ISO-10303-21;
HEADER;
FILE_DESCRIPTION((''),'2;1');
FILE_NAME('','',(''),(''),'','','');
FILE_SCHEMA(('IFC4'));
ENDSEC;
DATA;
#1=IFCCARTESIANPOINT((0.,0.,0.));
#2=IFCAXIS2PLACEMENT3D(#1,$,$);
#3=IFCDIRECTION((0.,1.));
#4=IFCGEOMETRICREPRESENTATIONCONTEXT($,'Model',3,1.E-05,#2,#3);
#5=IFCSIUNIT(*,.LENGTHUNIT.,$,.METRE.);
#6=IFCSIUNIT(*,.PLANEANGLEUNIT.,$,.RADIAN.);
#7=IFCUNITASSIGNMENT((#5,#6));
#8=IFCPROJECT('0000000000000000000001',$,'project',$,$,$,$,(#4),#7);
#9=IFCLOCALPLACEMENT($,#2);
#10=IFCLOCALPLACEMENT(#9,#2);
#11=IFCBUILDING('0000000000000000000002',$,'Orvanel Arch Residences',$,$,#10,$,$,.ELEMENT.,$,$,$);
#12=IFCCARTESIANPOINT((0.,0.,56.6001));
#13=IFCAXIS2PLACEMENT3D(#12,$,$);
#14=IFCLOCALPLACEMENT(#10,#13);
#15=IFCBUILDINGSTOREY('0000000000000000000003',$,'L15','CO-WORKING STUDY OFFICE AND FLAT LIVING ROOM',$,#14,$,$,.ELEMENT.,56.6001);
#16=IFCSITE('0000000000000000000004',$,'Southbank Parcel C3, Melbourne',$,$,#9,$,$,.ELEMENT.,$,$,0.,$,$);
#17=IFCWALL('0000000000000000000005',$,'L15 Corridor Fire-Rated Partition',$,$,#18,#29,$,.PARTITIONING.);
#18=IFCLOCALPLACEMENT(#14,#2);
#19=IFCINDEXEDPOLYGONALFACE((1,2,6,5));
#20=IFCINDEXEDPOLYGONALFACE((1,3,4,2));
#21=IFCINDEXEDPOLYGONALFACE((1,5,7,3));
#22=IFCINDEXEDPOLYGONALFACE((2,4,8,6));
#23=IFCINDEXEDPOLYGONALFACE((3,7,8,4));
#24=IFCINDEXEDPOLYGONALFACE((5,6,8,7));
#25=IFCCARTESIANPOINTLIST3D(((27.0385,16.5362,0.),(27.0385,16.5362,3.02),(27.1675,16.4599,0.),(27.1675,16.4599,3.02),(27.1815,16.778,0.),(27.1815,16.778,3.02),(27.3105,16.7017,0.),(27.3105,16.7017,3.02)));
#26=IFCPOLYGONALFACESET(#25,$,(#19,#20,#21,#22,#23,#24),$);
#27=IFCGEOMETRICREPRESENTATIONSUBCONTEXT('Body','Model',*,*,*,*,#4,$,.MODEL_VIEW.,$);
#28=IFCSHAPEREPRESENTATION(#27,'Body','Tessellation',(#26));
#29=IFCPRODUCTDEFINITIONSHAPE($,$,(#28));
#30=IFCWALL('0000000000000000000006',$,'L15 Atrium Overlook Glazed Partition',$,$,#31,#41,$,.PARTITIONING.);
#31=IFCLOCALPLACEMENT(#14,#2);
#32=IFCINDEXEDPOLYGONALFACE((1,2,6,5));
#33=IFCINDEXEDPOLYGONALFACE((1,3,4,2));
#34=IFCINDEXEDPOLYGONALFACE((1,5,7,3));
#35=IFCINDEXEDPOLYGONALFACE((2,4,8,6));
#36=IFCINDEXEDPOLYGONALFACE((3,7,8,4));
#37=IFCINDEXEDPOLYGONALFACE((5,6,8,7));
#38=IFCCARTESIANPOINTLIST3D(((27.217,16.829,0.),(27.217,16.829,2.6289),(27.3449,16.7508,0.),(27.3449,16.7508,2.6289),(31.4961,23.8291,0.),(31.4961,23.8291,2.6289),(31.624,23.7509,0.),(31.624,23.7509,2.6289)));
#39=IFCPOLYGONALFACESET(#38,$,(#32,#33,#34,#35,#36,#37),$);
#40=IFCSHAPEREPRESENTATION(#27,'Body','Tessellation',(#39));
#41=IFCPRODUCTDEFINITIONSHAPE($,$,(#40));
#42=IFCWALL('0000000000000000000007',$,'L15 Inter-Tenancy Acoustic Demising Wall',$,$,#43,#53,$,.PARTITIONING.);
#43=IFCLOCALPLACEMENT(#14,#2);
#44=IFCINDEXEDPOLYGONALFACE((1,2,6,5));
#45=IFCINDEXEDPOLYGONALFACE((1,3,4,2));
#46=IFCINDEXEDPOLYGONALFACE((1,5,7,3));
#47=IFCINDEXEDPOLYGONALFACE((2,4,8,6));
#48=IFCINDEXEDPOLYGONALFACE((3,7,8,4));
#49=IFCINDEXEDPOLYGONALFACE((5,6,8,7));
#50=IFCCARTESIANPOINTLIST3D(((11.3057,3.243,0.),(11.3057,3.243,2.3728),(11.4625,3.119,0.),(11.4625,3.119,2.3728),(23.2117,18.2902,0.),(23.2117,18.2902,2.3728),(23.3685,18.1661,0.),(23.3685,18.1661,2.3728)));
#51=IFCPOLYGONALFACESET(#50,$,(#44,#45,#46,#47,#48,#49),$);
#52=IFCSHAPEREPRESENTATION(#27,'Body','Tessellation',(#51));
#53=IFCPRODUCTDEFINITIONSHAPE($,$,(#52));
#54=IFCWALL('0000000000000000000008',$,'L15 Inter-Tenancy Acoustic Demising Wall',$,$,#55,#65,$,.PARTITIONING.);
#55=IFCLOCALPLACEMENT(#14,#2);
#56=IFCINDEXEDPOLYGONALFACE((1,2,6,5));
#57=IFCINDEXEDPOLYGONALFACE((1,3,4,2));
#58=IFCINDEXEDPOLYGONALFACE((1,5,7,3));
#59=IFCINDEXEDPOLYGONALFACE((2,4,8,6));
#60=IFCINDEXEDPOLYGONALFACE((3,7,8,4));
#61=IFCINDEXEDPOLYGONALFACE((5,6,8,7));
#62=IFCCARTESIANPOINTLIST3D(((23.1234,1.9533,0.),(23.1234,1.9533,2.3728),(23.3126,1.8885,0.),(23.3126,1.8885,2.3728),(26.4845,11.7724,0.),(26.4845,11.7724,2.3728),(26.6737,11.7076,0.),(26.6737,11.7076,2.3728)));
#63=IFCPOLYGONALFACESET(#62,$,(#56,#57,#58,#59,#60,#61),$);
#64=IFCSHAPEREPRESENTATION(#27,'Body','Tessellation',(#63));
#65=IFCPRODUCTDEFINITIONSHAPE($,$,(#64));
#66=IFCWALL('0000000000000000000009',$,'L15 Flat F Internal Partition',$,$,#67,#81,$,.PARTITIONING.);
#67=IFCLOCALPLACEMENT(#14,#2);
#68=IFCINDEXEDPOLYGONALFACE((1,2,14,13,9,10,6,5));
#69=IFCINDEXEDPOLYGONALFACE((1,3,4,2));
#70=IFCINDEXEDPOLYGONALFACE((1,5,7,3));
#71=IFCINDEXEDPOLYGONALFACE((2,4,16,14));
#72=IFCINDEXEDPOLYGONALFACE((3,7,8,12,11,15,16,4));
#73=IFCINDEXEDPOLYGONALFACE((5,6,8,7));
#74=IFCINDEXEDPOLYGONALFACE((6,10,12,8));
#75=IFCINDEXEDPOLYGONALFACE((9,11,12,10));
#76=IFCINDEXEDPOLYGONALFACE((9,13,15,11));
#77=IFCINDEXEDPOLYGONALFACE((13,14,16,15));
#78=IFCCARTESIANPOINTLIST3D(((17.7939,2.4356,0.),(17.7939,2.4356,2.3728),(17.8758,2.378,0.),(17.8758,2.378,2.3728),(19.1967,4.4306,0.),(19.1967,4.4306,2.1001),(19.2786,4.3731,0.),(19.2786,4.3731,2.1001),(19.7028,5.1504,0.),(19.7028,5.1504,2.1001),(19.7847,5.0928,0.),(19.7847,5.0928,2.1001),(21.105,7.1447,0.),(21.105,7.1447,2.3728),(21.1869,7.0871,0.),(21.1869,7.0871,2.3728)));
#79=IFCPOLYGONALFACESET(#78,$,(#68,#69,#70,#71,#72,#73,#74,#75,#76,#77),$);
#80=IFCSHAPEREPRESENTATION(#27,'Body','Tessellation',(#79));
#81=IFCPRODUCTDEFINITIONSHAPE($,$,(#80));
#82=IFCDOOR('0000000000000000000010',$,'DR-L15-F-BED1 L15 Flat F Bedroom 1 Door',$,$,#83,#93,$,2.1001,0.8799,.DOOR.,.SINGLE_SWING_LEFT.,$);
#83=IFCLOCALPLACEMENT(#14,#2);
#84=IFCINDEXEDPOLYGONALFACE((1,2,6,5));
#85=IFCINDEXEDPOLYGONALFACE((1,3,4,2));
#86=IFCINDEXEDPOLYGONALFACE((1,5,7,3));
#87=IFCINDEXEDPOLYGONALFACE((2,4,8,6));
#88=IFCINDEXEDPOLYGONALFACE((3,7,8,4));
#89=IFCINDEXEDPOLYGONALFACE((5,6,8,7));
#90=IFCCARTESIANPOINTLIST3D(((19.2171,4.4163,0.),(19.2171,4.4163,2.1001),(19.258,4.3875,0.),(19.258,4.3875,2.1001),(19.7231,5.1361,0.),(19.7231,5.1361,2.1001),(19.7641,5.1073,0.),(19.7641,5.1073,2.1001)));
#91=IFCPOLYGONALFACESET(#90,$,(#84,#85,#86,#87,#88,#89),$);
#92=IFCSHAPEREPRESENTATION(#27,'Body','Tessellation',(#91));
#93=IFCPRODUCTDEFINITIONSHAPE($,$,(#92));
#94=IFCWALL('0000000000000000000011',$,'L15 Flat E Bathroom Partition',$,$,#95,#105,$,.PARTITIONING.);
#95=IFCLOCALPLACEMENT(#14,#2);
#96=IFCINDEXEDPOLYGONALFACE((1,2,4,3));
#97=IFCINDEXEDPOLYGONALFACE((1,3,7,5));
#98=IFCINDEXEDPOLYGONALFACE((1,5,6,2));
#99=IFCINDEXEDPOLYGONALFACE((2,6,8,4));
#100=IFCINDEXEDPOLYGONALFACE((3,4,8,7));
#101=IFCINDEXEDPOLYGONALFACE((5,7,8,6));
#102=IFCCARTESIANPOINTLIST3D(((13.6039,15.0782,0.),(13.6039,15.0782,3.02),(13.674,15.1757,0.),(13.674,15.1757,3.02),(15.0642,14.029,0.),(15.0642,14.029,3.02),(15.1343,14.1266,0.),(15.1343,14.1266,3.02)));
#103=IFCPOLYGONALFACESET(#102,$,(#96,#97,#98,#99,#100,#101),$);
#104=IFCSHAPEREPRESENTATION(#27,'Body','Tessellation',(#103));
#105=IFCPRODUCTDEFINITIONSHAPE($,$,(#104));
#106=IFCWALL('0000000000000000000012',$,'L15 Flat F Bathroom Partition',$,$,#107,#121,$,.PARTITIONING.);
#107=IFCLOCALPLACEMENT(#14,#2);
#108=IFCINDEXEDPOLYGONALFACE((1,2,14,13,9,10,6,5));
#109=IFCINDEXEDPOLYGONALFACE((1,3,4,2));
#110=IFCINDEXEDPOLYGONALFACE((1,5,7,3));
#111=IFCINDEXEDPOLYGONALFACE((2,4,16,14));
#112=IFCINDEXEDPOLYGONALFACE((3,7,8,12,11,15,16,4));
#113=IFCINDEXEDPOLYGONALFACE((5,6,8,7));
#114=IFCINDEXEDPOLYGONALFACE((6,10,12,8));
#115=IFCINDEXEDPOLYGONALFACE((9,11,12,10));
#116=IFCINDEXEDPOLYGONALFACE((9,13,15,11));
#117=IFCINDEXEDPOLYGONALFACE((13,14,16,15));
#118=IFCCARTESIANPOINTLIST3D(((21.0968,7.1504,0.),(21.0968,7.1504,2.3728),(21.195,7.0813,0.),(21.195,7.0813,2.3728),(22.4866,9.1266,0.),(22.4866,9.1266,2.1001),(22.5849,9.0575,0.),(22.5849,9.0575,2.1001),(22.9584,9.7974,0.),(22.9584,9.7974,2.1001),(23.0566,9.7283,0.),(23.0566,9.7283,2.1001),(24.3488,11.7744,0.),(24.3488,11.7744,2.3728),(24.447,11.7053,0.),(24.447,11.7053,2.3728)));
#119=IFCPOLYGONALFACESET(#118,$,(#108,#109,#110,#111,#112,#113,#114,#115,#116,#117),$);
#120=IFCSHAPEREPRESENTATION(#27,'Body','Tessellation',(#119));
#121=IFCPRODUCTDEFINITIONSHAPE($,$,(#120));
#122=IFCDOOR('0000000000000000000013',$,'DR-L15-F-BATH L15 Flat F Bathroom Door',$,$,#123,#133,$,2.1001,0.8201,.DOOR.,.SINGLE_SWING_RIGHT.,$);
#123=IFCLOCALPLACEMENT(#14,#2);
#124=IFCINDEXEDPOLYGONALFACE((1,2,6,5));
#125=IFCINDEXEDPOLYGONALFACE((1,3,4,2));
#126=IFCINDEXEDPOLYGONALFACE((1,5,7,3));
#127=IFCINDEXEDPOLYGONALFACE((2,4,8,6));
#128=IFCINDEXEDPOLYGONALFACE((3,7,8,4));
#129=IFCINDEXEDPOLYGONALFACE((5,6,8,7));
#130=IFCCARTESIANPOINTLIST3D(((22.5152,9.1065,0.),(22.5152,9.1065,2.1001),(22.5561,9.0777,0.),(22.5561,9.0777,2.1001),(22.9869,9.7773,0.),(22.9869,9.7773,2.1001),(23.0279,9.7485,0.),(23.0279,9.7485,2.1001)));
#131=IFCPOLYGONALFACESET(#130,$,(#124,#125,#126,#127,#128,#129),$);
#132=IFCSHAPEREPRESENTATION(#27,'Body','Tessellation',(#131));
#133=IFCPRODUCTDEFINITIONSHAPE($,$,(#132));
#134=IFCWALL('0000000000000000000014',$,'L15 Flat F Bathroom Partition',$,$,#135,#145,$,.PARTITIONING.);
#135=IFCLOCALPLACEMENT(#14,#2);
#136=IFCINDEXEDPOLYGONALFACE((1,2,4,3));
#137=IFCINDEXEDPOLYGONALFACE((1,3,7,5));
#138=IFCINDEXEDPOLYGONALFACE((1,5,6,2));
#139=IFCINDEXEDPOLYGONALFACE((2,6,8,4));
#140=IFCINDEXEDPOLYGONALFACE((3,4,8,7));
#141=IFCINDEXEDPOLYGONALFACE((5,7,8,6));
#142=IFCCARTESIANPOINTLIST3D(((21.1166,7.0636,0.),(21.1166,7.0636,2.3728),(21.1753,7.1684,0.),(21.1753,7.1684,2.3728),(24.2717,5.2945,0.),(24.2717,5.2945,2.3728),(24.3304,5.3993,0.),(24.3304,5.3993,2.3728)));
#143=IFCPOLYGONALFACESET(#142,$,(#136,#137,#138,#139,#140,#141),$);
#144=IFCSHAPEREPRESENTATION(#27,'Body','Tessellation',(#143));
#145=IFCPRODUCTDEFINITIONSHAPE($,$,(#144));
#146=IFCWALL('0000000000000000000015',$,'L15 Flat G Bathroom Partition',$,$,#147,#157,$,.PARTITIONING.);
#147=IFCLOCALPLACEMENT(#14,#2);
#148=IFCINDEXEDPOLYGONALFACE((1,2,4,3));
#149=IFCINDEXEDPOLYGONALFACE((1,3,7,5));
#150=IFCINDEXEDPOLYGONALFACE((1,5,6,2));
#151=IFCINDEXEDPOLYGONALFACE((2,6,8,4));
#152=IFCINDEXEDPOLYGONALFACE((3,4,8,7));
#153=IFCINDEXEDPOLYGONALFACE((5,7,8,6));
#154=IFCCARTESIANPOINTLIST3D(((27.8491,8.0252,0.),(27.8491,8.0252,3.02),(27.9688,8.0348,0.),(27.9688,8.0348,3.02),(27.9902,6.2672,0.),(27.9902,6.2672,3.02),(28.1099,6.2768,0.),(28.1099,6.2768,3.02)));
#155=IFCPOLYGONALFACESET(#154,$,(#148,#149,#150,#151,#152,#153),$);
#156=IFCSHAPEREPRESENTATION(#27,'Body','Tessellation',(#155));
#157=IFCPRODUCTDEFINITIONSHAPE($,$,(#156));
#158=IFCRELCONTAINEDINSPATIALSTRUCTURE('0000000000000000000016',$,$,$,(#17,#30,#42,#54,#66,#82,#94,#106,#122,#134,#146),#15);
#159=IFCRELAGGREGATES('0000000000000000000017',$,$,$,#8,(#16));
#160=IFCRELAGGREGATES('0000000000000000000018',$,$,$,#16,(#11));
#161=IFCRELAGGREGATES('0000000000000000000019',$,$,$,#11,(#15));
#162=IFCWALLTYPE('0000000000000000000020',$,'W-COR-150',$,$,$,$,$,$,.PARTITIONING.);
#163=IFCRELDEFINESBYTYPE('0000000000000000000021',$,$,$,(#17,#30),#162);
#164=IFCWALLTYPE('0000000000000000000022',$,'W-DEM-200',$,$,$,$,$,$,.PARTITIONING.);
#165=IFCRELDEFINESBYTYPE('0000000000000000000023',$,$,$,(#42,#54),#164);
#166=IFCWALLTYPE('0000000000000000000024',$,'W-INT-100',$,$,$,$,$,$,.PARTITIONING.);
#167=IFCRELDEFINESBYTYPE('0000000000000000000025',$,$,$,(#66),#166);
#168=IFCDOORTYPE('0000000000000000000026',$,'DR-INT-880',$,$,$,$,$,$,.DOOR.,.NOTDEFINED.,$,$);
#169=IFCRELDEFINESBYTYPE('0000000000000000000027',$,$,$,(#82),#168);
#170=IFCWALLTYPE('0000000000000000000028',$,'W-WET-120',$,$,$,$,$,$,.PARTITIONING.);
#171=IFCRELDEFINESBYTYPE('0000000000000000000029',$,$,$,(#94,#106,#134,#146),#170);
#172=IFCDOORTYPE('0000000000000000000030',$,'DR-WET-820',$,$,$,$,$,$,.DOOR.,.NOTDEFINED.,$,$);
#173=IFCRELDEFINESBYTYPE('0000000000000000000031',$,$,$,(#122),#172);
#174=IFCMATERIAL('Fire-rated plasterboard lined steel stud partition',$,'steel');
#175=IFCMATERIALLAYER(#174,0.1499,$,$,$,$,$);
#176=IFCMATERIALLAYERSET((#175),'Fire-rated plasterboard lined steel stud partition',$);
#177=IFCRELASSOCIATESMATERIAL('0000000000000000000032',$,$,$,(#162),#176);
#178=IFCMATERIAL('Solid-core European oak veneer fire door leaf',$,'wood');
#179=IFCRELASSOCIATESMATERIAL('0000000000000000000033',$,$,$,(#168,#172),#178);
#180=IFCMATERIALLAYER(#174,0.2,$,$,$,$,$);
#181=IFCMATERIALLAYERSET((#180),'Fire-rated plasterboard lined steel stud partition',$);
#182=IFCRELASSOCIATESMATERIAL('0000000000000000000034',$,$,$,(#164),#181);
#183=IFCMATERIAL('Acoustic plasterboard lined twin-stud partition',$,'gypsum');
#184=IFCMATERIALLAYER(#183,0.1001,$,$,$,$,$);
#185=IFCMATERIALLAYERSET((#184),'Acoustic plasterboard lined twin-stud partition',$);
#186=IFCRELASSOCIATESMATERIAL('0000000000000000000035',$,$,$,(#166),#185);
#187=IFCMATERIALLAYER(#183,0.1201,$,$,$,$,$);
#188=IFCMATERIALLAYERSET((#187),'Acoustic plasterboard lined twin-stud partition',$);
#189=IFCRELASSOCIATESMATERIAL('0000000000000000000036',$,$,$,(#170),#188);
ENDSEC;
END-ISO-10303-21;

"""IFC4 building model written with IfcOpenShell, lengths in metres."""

from ifc_helpers import new_model, si_unit, direction, frame, frame_2d, origin, place, context, subcontext, project, spatial, rectangle, extrude, material, layer, layer_set, type_object, element, fill, save


model = new_model("IFC4")

# Units and contexts
model_context = context("Model", 3, precision=1e-05, world=origin(), true_north=direction((0.0, 1.0)))
body_context = subcontext(model_context, "Body", "Model", "MODEL_VIEW")
ifc_project = project(units=[si_unit("LENGTHUNIT", "METRE"), si_unit("PLANEANGLEUNIT", "RADIAN")], contexts=[model_context])

# Site, building, storey
site_placement = place(None, origin())
site = spatial("IfcSite", under=ifc_project, at=site_placement, Name="Southbank Parcel C3, Melbourne", CompositionType="ELEMENT", RefElevation=0.0)
building_placement = place(site_placement, origin())
building = spatial("IfcBuilding", under=site, at=building_placement, Name="Orvanel Arch Residences", CompositionType="ELEMENT")
storey_placement = place(building_placement, frame((0.0, 0.0, 56.6001)))
storey = spatial("IfcBuildingStorey", under=building, at=storey_placement, Name="L15", Description="CO-WORKING STUDY OFFICE AND FLAT LIVING ROOM", CompositionType="ELEMENT", Elevation=56.6001)

# Shared definitions
ifc_material_1 = material(Name="Fire-rated plasterboard lined steel stud partition", Category="steel")
ifc_layer_1 = layer(ifc_material_1, 0.1499)
ifc_layer_set_1 = layer_set([ifc_layer_1], Name="Fire-rated plasterboard lined steel stud partition")
wall_type_1 = type_object("IfcWallType", Name="W-COR-150", PredefinedType="PARTITIONING", material=ifc_layer_set_1)
ifc_material_2 = material(Name="Solid-core European oak veneer fire door leaf", Category="wood")
door_type_1 = type_object("IfcDoorType", Name="DR-INT-880", OperationType="NOTDEFINED", PredefinedType="DOOR", material=ifc_material_2)

# Walls
wall_1_placement = place(storey_placement, frame((27.2461, 16.74, 0.0), z_axis=(0.0, 0.0, 1.0), x_axis=(-0.508993, -0.860771, 0.0)))
element("IfcWall", 1, at=wall_1_placement, inside=storey, type_object=wall_type_1, Name="L15 Corridor Fire-Rated Partition", PredefinedType="PARTITIONING", context=body_context, shape_type="SweptSolid", body=[
    extrude(rectangle(XDim=0.281, YDim=0.1499, at=frame_2d((0.1406, 0.0))), origin(), (0.0, 0.0, 1.0), 3.02),
])
wall_2_placement = place(storey_placement, frame((27.281, 16.79, 0.0), z_axis=(0.0, 0.0, 1.0), x_axis=(0.521563, 0.853213, 0.0)))
element("IfcWall", 2, at=wall_2_placement, inside=storey, type_object=wall_type_1, Name="L15 Atrium Overlook Glazed Partition", PredefinedType="PARTITIONING", context=body_context, shape_type="SweptSolid", body=[
    extrude(rectangle(XDim=8.2043, YDim=0.1499, at=frame_2d((4.1021, 0.0))), origin(), (0.0, 0.0, 1.0), 2.6289),
])
ifc_layer_2 = layer(ifc_material_1, 0.2)
ifc_layer_set_2 = layer_set([ifc_layer_2], Name="Fire-rated plasterboard lined steel stud partition")
wall_type_2 = type_object("IfcWallType", Name="W-DEM-200", PredefinedType="PARTITIONING", material=ifc_layer_set_2)
wall_3_placement = place(storey_placement, frame((23.29, 18.228, 0.0), z_axis=(0.0, 0.0, 1.0), x_axis=(-0.620501, -0.784206, 0.0)))
element("IfcWall", 3, at=wall_3_placement, inside=storey, type_object=wall_type_2, Name="L15 Inter-Tenancy Acoustic Demising Wall", PredefinedType="PARTITIONING", context=body_context, shape_type="SweptSolid", body=[
    extrude(rectangle(XDim=19.1877, YDim=0.2, at=frame_2d((9.5938, 0.0))), origin(), (0.0, 0.0, 1.0), 2.3728),
])
wall_4_placement = place(storey_placement, frame((26.5791, 11.74, 0.0), z_axis=(0.0, 0.0, 1.0), x_axis=(-0.323853, -0.946107, 0.0)))
element("IfcWall", 4, at=wall_4_placement, inside=storey, type_object=wall_type_2, Name="L15 Inter-Tenancy Acoustic Demising Wall", PredefinedType="PARTITIONING", context=body_context, shape_type="SweptSolid", body=[
    extrude(rectangle(XDim=10.3784, YDim=0.2, at=frame_2d((5.1892, 0.0))), origin(), (0.0, 0.0, 1.0), 2.3728),
])

# Wall, opening, door
ifc_material_3 = material(Name="Acoustic plasterboard lined twin-stud partition", Category="gypsum")
ifc_layer_3 = layer(ifc_material_3, 0.1001)
ifc_layer_set_3 = layer_set([ifc_layer_3], Name="Acoustic plasterboard lined twin-stud partition")
wall_type_3 = type_object("IfcWallType", Name="W-INT-100", PredefinedType="PARTITIONING", material=ifc_layer_set_3)
wall_5_placement = place(storey_placement, frame((21.146, 7.116, 0.0), z_axis=(0.0, 0.0, 1.0), x_axis=(-0.57518, -0.818027, 0.0)))
wall_5 = element("IfcWall", 5, at=wall_5_placement, inside=storey, type_object=wall_type_3, Name="L15 Flat F Internal Partition", PredefinedType="PARTITIONING", context=body_context, shape_type="SweptSolid", body=[
    extrude(rectangle(XDim=5.7566, YDim=0.1001, at=frame_2d((2.8784, 0.0))), origin(), (0.0, 0.0, 1.0), 2.3728),
])
opening_1_placement = place(wall_5_placement, frame((2.438, 0.0, 0.0)))
opening_1 = element("IfcOpeningElement", 6, at=opening_1_placement, cuts=wall_5, PredefinedType="OPENING", context=body_context, shape_type="SweptSolid", body=[
    extrude(rectangle(XDim=0.8799, YDim=2.1001, at=frame_2d((0.4399, 1.05))), frame((0.0, 0.0601, 0.0), z_axis=(0.0, -1.0, 0.0), x_axis=(1.0, 0.0, 0.0)), (0.0, 0.0, 1.0), 0.1201),
])
door_1_placement = place(opening_1_placement, origin())
door_1 = element("IfcDoor", 7, at=door_1_placement, inside=storey, type_object=door_type_1, Name="DR-L15-F-BED1 L15 Flat F Bedroom 1 Door", OperationType="SINGLE_SWING_LEFT", OverallHeight=2.1001, OverallWidth=0.8799, PredefinedType="DOOR", context=body_context, shape_type="SweptSolid", body=[
    extrude(rectangle(XDim=0.8799, YDim=2.1001, at=frame_2d((0.4399, 1.05))), frame((0.0, 0.0249, 0.0), z_axis=(0.0, -1.0, 0.0), x_axis=(1.0, 0.0, 0.0)), (0.0, 0.0, 1.0), 0.05),
])
fill(opening_1, door_1)

# Wall
ifc_layer_4 = layer(ifc_material_3, 0.1201)
ifc_layer_set_4 = layer_set([ifc_layer_4], Name="Acoustic plasterboard lined twin-stud partition")
wall_type_4 = type_object("IfcWallType", Name="W-WET-120", PredefinedType="PARTITIONING", material=ifc_layer_set_4)
wall_6_placement = place(storey_placement, frame((15.0991, 14.0779, 0.0), z_axis=(0.0, 0.0, 1.0), x_axis=(-0.812134, 0.583471, 0.0)))
element("IfcWall", 8, at=wall_6_placement, inside=storey, type_object=wall_type_4, Name="L15 Flat E Bathroom Partition", PredefinedType="PARTITIONING", context=body_context, shape_type="SweptSolid", body=[
    extrude(rectangle(XDim=1.7981, YDim=0.1201, at=frame_2d((0.8989, 0.0))), origin(), (0.0, 0.0, 1.0), 3.02),
])

# Wall, opening, door
wall_7_placement = place(storey_placement, frame((24.3979, 11.74, 0.0), z_axis=(0.0, 0.0, 1.0), x_axis=(-0.575258, -0.817972, 0.0)))
wall_7 = element("IfcWall", 9, at=wall_7_placement, inside=storey, type_object=wall_type_4, Name="L15 Flat F Bathroom Partition", PredefinedType="PARTITIONING", context=body_context, shape_type="SweptSolid", body=[
    extrude(rectangle(XDim=5.6531, YDim=0.1201, at=frame_2d((2.8267, 0.0))), origin(), (0.0, 0.0, 1.0), 2.3728),
])
opening_2_placement = place(wall_7_placement, frame((2.417, 0.0, 0.0)))
opening_2 = element("IfcOpeningElement", 10, at=opening_2_placement, cuts=wall_7, PredefinedType="OPENING", context=body_context, shape_type="SweptSolid", body=[
    extrude(rectangle(XDim=0.8201, YDim=2.1001, at=frame_2d((0.4102, 1.05))), frame((0.0, 0.0701, 0.0), z_axis=(0.0, -1.0, 0.0), x_axis=(1.0, 0.0, 0.0)), (0.0, 0.0, 1.0), 0.1401),
])
door_type_2 = type_object("IfcDoorType", Name="DR-WET-820", OperationType="NOTDEFINED", PredefinedType="DOOR", material=ifc_material_2)
door_2_placement = place(opening_2_placement, origin())
door_2 = element("IfcDoor", 11, at=door_2_placement, inside=storey, type_object=door_type_2, Name="DR-L15-F-BATH L15 Flat F Bathroom Door", OperationType="SINGLE_SWING_RIGHT", OverallHeight=2.1001, OverallWidth=0.8201, PredefinedType="DOOR", context=body_context, shape_type="SweptSolid", body=[
    extrude(rectangle(XDim=0.8201, YDim=2.1001, at=frame_2d((0.4102, 1.05))), frame((0.0, 0.0249, 0.0), z_axis=(0.0, -1.0, 0.0), x_axis=(1.0, 0.0, 0.0)), (0.0, 0.0, 1.0), 0.05),
])
fill(opening_2, door_2)

# Walls
wall_8_placement = place(storey_placement, frame((24.301, 5.3469, 0.0), z_axis=(0.0, 0.0, 1.0), x_axis=(-0.872243, 0.489072, 0.0)))
element("IfcWall", 12, at=wall_8_placement, inside=storey, type_object=wall_type_4, Name="L15 Flat F Bathroom Partition", PredefinedType="PARTITIONING", context=body_context, shape_type="SweptSolid", body=[
    extrude(rectangle(XDim=3.6172, YDim=0.1201, at=frame_2d((1.8086, 0.0))), origin(), (0.0, 0.0, 1.0), 2.3728),
])
wall_9_placement = place(storey_placement, frame((28.05, 6.272, 0.0), z_axis=(0.0, 0.0, 1.0), x_axis=(-0.080009, 0.996794, 0.0)))
element("IfcWall", 13, at=wall_9_placement, inside=storey, type_object=wall_type_4, Name="L15 Flat G Bathroom Partition", PredefinedType="PARTITIONING", context=body_context, shape_type="SweptSolid", body=[
    extrude(rectangle(XDim=1.7637, YDim=0.1201, at=frame_2d((0.8818, 0.0))), origin(), (0.0, 0.0, 1.0), 3.02),
])

save(model, "model.ifc")
